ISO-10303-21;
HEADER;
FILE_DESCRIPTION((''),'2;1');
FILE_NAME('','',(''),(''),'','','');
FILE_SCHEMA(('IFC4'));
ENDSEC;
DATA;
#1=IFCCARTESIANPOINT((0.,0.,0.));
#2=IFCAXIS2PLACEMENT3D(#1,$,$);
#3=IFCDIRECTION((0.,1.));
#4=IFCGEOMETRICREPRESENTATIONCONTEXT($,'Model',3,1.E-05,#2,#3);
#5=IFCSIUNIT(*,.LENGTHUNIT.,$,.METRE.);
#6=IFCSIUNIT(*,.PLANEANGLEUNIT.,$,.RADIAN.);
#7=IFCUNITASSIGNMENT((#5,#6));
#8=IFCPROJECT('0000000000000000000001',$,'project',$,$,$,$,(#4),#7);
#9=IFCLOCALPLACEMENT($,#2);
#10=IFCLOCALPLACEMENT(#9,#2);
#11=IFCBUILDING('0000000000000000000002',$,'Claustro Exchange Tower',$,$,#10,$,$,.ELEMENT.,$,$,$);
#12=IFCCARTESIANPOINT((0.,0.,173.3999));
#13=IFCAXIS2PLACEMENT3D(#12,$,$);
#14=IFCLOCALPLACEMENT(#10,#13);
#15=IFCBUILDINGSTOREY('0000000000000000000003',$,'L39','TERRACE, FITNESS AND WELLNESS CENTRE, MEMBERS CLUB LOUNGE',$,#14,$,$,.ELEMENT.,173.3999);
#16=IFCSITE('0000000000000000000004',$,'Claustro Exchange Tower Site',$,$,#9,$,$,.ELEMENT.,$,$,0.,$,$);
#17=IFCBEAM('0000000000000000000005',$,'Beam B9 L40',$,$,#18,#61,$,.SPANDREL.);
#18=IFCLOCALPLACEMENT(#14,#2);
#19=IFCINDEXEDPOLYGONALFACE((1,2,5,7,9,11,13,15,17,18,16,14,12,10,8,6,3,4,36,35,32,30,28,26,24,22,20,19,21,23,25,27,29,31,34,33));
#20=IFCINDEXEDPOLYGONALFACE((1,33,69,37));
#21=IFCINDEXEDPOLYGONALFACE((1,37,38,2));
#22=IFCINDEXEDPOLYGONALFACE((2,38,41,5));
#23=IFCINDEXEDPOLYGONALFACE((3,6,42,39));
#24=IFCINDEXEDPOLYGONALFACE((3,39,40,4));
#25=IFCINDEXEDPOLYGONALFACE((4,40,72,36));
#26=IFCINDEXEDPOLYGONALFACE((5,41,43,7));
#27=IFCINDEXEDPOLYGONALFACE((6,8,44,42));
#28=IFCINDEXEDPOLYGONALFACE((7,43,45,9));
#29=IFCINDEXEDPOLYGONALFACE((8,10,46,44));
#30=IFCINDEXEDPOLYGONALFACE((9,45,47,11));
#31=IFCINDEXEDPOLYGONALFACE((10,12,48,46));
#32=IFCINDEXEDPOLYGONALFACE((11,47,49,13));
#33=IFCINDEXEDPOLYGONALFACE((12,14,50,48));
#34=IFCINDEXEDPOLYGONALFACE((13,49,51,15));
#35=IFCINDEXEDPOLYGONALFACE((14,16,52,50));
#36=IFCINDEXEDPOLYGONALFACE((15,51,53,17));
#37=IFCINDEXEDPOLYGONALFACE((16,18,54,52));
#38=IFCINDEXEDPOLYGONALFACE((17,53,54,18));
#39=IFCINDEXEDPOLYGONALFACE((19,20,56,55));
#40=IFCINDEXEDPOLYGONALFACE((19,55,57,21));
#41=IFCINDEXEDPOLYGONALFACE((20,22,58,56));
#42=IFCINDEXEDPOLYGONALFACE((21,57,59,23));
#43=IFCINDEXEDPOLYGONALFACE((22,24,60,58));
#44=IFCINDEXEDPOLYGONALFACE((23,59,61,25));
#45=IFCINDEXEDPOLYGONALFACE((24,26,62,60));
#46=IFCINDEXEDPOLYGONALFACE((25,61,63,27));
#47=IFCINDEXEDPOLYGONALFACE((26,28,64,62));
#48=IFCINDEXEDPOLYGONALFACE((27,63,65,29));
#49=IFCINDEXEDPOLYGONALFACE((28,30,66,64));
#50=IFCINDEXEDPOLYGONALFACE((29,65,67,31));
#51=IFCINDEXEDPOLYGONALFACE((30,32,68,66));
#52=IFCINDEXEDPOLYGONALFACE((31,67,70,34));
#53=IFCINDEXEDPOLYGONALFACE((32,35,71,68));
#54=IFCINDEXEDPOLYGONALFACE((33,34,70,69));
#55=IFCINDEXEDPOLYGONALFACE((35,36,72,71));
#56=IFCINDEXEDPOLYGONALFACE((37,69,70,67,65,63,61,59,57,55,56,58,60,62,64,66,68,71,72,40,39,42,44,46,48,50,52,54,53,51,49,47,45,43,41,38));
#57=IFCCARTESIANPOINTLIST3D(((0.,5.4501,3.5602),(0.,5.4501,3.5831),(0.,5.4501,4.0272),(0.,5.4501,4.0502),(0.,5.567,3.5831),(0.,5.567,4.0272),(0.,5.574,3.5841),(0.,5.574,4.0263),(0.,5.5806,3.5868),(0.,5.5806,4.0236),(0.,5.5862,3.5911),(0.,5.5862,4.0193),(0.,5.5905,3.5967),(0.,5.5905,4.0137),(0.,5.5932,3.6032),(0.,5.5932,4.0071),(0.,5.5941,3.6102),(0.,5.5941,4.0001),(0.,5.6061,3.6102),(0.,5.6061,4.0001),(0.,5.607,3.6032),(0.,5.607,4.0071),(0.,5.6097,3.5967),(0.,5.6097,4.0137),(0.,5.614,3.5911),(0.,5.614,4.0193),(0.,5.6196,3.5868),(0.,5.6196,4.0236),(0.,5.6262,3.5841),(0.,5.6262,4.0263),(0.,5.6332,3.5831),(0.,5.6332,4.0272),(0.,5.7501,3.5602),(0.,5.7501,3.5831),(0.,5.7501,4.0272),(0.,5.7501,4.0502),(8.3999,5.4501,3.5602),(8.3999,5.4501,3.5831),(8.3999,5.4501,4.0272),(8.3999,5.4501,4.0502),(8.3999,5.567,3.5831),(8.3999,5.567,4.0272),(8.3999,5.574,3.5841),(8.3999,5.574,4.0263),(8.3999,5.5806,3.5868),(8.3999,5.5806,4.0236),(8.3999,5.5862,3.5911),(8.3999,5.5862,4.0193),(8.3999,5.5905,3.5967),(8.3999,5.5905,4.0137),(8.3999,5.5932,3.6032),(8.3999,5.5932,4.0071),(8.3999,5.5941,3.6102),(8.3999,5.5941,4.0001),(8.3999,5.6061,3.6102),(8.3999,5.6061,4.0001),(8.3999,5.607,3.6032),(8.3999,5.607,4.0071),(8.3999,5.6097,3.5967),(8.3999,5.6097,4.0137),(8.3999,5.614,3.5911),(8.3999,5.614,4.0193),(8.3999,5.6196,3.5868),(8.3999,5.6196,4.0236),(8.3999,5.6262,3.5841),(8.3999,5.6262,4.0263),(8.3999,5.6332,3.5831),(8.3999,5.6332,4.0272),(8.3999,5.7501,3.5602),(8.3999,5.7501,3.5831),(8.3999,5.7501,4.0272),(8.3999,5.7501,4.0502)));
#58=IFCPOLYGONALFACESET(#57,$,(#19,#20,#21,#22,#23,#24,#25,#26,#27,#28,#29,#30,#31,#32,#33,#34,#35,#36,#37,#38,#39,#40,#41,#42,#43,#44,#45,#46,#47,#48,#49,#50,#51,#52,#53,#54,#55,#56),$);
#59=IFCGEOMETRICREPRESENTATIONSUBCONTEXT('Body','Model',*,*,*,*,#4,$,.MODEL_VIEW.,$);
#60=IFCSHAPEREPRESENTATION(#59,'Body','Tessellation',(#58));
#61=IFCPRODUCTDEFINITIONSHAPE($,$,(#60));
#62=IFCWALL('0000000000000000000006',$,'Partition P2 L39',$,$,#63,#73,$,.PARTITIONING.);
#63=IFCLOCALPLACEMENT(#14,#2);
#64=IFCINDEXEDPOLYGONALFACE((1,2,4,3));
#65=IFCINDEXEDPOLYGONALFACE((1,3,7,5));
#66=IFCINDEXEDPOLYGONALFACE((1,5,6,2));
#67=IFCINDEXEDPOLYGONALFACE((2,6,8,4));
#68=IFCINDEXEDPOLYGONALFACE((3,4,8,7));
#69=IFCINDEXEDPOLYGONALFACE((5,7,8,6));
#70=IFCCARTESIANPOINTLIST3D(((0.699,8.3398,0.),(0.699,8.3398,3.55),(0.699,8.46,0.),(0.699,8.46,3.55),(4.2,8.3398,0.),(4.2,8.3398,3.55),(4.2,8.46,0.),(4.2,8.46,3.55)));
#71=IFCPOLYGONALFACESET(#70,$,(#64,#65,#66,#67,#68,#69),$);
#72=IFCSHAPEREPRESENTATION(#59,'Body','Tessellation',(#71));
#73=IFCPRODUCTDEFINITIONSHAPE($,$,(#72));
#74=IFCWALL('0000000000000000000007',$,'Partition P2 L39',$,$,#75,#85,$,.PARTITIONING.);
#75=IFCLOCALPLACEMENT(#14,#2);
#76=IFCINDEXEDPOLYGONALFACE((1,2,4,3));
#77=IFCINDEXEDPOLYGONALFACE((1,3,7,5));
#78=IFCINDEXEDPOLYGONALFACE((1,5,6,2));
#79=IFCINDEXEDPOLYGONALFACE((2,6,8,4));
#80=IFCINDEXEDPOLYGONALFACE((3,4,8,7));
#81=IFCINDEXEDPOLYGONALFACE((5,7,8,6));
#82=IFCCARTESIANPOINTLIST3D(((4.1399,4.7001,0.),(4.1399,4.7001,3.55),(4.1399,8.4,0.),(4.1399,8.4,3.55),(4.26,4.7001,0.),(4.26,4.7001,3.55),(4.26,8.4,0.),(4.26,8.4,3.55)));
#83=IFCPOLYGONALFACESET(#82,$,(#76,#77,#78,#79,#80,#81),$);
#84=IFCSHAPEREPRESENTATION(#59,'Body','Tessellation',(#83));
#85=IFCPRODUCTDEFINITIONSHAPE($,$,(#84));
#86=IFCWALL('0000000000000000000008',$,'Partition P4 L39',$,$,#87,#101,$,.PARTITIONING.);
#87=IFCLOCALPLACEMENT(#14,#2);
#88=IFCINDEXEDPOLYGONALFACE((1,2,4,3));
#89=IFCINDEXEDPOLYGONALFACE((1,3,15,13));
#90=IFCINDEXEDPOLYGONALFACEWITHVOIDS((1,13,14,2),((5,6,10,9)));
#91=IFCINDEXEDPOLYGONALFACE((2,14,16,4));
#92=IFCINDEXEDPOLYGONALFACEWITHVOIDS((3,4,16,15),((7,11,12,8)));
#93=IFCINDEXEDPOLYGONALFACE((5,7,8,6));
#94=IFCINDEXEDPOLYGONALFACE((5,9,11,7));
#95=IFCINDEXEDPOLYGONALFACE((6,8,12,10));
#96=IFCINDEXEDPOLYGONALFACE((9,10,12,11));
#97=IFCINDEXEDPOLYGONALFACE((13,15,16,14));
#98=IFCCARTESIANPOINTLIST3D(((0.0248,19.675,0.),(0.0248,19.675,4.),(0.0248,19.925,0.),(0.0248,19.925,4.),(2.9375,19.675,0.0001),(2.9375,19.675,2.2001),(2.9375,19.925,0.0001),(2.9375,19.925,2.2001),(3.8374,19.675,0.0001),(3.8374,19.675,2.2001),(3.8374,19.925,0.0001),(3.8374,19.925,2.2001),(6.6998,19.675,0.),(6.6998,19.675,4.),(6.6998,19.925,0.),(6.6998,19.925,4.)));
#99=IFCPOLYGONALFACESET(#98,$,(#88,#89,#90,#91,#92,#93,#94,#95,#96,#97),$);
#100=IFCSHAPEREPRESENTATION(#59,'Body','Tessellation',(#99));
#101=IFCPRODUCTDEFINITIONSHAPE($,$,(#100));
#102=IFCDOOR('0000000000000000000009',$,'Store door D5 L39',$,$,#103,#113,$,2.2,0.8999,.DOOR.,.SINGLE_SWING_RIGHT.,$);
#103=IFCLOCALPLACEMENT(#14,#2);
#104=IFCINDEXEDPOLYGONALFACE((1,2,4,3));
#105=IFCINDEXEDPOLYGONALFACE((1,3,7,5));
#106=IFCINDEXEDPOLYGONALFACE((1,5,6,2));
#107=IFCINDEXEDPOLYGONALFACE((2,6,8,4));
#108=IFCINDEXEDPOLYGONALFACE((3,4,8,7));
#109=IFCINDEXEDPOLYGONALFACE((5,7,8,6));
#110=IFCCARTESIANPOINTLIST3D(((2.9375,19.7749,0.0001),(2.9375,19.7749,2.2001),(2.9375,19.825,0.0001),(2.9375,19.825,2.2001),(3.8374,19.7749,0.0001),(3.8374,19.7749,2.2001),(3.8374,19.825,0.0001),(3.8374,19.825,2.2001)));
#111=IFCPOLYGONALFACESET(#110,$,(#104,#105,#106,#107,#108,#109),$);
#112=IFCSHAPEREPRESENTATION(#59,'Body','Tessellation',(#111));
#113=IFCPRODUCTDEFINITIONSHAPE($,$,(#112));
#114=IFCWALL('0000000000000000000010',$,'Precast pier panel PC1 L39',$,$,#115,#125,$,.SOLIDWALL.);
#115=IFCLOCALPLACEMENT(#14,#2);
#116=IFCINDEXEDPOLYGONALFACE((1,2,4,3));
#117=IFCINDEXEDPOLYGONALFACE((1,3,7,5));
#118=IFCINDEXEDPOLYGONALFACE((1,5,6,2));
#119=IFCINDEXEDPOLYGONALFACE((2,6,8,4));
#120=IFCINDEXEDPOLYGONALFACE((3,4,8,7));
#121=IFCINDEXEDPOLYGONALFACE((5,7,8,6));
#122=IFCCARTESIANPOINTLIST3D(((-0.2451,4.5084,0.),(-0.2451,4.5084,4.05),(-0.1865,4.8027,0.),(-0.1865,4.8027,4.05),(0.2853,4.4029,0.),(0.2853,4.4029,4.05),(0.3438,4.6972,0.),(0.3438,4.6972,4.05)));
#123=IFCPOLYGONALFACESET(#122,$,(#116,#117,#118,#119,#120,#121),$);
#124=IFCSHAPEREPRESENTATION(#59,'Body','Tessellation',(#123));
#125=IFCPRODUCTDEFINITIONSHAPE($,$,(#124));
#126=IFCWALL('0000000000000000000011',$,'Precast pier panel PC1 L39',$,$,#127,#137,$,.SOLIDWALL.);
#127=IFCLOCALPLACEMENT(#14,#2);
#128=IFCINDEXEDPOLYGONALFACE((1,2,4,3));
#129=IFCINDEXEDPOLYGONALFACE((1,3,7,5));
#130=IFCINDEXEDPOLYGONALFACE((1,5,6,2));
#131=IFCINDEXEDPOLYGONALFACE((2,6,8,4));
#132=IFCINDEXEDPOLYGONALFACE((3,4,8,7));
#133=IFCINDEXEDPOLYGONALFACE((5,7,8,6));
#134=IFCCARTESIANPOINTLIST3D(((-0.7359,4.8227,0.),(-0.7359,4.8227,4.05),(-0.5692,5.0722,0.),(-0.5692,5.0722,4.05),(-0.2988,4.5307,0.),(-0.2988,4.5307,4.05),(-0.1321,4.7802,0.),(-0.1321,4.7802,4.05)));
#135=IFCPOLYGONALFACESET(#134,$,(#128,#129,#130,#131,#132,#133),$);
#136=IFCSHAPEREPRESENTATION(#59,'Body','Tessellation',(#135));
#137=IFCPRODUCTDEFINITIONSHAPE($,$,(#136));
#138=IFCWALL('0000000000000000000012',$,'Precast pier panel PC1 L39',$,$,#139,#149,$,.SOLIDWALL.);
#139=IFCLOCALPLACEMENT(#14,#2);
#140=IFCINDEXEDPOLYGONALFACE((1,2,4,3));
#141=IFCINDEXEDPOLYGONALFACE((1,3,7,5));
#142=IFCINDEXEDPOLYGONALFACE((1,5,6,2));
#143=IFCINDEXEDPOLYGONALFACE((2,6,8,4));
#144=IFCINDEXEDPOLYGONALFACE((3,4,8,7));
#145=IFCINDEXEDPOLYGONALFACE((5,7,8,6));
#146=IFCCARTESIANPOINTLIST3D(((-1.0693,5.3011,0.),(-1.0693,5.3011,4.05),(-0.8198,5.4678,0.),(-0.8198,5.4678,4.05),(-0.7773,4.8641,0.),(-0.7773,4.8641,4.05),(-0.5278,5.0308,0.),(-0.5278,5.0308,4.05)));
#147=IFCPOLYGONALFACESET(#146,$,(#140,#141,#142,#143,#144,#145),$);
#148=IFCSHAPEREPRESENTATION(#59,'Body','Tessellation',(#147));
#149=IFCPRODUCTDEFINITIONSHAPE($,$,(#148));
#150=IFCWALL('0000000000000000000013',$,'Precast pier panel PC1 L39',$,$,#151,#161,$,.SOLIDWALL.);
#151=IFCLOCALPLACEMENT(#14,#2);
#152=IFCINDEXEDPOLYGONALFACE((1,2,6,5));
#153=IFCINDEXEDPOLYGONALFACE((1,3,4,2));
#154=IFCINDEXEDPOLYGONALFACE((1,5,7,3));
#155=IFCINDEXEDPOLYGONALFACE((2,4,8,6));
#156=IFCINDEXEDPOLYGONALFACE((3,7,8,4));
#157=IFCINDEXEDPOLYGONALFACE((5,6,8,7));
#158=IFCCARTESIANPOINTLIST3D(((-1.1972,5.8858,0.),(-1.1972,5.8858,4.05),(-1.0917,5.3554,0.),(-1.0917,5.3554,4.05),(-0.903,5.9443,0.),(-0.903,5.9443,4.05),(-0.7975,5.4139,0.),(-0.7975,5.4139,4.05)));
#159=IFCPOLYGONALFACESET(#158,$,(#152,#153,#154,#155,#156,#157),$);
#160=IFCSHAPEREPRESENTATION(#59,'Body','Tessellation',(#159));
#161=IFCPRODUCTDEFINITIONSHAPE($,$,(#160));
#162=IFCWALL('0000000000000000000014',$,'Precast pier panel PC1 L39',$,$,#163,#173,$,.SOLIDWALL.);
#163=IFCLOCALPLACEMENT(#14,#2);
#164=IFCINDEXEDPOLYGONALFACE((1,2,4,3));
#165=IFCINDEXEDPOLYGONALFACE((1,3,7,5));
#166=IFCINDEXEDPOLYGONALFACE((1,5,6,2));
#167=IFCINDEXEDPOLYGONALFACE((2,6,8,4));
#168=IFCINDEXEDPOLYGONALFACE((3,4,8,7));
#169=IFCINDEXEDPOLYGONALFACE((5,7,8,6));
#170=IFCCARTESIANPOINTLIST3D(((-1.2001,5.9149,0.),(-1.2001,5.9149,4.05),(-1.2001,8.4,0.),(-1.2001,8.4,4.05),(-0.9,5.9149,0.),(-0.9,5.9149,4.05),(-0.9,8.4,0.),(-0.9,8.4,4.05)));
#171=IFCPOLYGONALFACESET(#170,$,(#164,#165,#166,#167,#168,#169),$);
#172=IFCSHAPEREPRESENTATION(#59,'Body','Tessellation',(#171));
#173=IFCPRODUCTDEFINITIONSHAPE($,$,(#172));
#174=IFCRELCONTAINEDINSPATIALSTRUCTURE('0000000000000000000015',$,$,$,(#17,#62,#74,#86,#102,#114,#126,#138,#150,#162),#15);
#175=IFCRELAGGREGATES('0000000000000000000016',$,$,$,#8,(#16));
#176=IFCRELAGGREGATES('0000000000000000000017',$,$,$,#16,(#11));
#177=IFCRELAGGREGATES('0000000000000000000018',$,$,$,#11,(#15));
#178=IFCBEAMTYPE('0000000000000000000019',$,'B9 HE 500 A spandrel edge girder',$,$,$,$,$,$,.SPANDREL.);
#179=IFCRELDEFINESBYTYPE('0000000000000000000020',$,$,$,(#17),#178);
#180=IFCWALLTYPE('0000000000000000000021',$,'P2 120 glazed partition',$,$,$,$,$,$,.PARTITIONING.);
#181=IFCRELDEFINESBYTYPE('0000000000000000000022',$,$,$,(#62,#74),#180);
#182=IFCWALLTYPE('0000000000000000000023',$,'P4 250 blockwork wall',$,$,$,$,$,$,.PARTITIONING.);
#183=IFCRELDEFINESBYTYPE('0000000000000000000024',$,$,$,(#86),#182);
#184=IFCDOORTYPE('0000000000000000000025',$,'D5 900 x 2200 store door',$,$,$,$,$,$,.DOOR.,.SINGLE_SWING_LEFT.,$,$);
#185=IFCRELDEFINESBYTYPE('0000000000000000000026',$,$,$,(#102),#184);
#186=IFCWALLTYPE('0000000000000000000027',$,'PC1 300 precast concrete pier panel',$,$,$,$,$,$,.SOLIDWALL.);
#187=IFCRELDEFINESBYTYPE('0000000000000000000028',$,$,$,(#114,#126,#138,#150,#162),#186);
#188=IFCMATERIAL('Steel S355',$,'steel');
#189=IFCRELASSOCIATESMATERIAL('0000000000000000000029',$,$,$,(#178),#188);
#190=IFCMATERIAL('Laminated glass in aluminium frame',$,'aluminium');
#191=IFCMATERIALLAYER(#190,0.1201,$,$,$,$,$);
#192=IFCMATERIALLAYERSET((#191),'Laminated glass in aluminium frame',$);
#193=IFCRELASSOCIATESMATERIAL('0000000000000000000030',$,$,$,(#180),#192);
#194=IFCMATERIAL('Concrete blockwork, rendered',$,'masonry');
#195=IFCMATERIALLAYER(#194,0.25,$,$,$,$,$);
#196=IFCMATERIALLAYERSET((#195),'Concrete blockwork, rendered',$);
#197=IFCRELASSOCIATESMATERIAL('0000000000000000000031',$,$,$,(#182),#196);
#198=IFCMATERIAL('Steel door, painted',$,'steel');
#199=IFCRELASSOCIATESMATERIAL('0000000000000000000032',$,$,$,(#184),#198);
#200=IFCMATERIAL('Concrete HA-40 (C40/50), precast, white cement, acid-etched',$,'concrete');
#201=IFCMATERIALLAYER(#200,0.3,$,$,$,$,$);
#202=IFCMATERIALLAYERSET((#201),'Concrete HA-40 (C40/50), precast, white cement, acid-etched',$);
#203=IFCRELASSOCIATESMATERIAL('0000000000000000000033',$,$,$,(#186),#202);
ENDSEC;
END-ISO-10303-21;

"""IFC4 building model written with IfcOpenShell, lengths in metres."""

from ifc_helpers import new_model, si_unit, direction, frame, frame_2d, origin, origin_2d, place, context, subcontext, project, spatial, rectangle, i_section, extrude, material, layer, layer_set, material_profile, profile_set, type_object, element, fill, save


model = new_model("IFC4")

# Units and contexts
model_context = context("Model", 3, precision=1e-05, world=origin(), true_north=direction((0.0, 1.0)))
body_context = subcontext(model_context, "Body", "Model", "MODEL_VIEW")
ifc_project = project(units=[si_unit("LENGTHUNIT", "METRE"), si_unit("PLANEANGLEUNIT", "RADIAN")], contexts=[model_context])

# Site, building, storey
site_placement = place(None, origin())
site = spatial("IfcSite", under=ifc_project, at=site_placement, Name="Claustro Exchange Tower Site", CompositionType="ELEMENT", RefElevation=0.0)
building_placement = place(site_placement, origin())
building = spatial("IfcBuilding", under=site, at=building_placement, Name="Claustro Exchange Tower", CompositionType="ELEMENT")
storey_placement = place(building_placement, frame((0.0, 0.0, 173.3999)))
storey = spatial("IfcBuildingStorey", under=building, at=storey_placement, Name="L39", Description="TERRACE, FITNESS AND WELLNESS CENTRE, MEMBERS CLUB LOUNGE", CompositionType="ELEMENT", Elevation=173.3999)

# Beam
ifc_material_1 = material(Name="Steel S355", Category="steel")
ifc_material_profile_1 = material_profile(ifc_material_1, i_section(OverallWidth=0.3, OverallDepth=0.49, WebThickness=0.012, FlangeThickness=0.0229, FilletRadius=0.0271, at=origin_2d()), Name="HE 500 A")
ifc_profile_set_1 = profile_set([ifc_material_profile_1], Name="Steel S355")
beam_type_1 = type_object("IfcBeamType", Name="B9 HE 500 A spandrel edge girder", PredefinedType="SPANDREL", material=ifc_profile_set_1)
beam_1_placement = place(storey_placement, frame((0.0, 5.6001, 3.8052), z_axis=(1.0, 0.0, 0.0), x_axis=(0.0, 1.0, 0.0)))
element("IfcBeam", 1, at=beam_1_placement, inside=storey, type_object=beam_type_1, Name="Beam B9 L40", PredefinedType="SPANDREL", context=body_context, shape_type="SweptSolid", body=[
    extrude(i_section(OverallWidth=0.3, OverallDepth=0.49, WebThickness=0.012, FlangeThickness=0.0229, FilletRadius=0.0271, at=origin_2d()), origin(), (0.0, 0.0, 1.0), 8.3999),
])

# Walls
ifc_material_2 = material(Name="Laminated glass in aluminium frame", Category="aluminium")
ifc_layer_1 = layer(ifc_material_2, 0.1201)
ifc_layer_set_1 = layer_set([ifc_layer_1], Name="Laminated glass in aluminium frame")
wall_type_1 = type_object("IfcWallType", Name="P2 120 glazed partition", PredefinedType="PARTITIONING", material=ifc_layer_set_1)
wall_1_placement = place(storey_placement, frame((0.699, 8.3999, 0.0), z_axis=(0.0, 0.0, 1.0), x_axis=(1.0, 0.0, 0.0)))
element("IfcWall", 2, at=wall_1_placement, inside=storey, type_object=wall_type_1, Name="Partition P2 L39", PredefinedType="PARTITIONING", context=body_context, shape_type="SweptSolid", body=[
    extrude(rectangle(XDim=3.501, YDim=0.1201, at=frame_2d((1.7505, 0.0))), origin(), (0.0, 0.0, 1.0), 3.55),
])
wall_2_placement = place(storey_placement, frame((4.2, 4.7, 0.0), z_axis=(0.0, 0.0, 1.0), x_axis=(0.0, 1.0, 0.0)))
element("IfcWall", 3, at=wall_2_placement, inside=storey, type_object=wall_type_1, Name="Partition P2 L39", PredefinedType="PARTITIONING", context=body_context, shape_type="SweptSolid", body=[
    extrude(rectangle(XDim=3.7, YDim=0.1201, at=frame_2d((1.8501, 0.0))), origin(), (0.0, 0.0, 1.0), 3.55),
])

# Wall, opening, door
ifc_material_3 = material(Name="Concrete blockwork, rendered", Category="masonry")
ifc_layer_2 = layer(ifc_material_3, 0.25)
ifc_layer_set_2 = layer_set([ifc_layer_2], Name="Concrete blockwork, rendered")
wall_type_2 = type_object("IfcWallType", Name="P4 250 blockwork wall", PredefinedType="PARTITIONING", material=ifc_layer_set_2)
wall_3_placement = place(storey_placement, frame((0.0249, 19.8, 0.0), z_axis=(0.0, 0.0, 1.0), x_axis=(1.0, 0.0, 0.0)))
wall_3 = element("IfcWall", 4, at=wall_3_placement, inside=storey, type_object=wall_type_2, Name="Partition P4 L39", PredefinedType="PARTITIONING", context=body_context, shape_type="SweptSolid", body=[
    extrude(rectangle(XDim=6.675, YDim=0.25, at=frame_2d((3.3374, 0.0))), origin(), (0.0, 0.0, 1.0), 4.0),
])
opening_1_placement = place(wall_3_placement, frame((2.9126, 0.0, 0.0)))
opening_1 = element("IfcOpeningElement", 5, at=opening_1_placement, cuts=wall_3, PredefinedType="OPENING", context=body_context, shape_type="SweptSolid", body=[
    extrude(rectangle(XDim=0.8999, YDim=2.2, at=frame_2d((0.45, 1.1001))), frame((0.0, 0.135, 0.0), z_axis=(0.0, -1.0, 0.0), x_axis=(1.0, 0.0, 0.0)), (0.0, 0.0, 1.0), 0.27),
])
ifc_material_4 = material(Name="Steel door, painted", Category="steel")
door_type_1 = type_object("IfcDoorType", Name="D5 900 x 2200 store door", OperationType="SINGLE_SWING_LEFT", PredefinedType="DOOR", material=ifc_material_4)
door_1_placement = place(opening_1_placement, origin())
door_1 = element("IfcDoor", 6, at=door_1_placement, inside=storey, type_object=door_type_1, Name="Store door D5 L39", OperationType="SINGLE_SWING_RIGHT", OverallHeight=2.2, OverallWidth=0.8999, PredefinedType="DOOR", context=body_context, shape_type="SweptSolid", body=[
    extrude(rectangle(XDim=0.8999, YDim=2.2, at=frame_2d((0.45, 1.1001))), frame((0.0, 0.0249, 0.0), z_axis=(0.0, -1.0, 0.0), x_axis=(1.0, 0.0, 0.0)), (0.0, 0.0, 1.0), 0.05),
])
fill(opening_1, door_1)

# Walls
ifc_material_5 = material(Name="Concrete HA-40 (C40/50), precast, white cement, acid-etched", Category="concrete")
ifc_layer_3 = layer(ifc_material_5, 0.3)
ifc_layer_set_3 = layer_set([ifc_layer_3], Name="Concrete HA-40 (C40/50), precast, white cement, acid-etched")
wall_type_3 = type_object("IfcWallType", Name="PC1 300 precast concrete pier panel", PredefinedType="SOLIDWALL", material=ifc_layer_set_3)
wall_4_placement = place(storey_placement, frame((0.3147, 4.55, 0.0), z_axis=(0.0, 0.0, 1.0), x_axis=(-0.980789, 0.195074, 0.0)))
element("IfcWall", 7, at=wall_4_placement, inside=storey, type_object=wall_type_3, Name="Precast pier panel PC1 L39", PredefinedType="SOLIDWALL", context=body_context, shape_type="SweptSolid", body=[
    extrude(rectangle(XDim=0.5408, YDim=0.3, at=frame_2d((0.2705, 0.0))), origin(), (0.0, 0.0, 1.0), 4.05),
])
for number, where, z_axis, x_axis, name in (
    (8, (-0.2156, 4.6555, 0.0), (0.0, 0.0, 1.0), (-0.831478, 0.555557, 0.0), "Precast pier panel PC1 L39"),
    (9, (-0.6526, 4.9475, 0.0), (0.0, 0.0, 1.0), (-0.555557, 0.831478, 0.0), "Precast pier panel PC1 L39"),
):
    element("IfcWall", number, at=place(storey_placement, frame(where, z_axis=z_axis, x_axis=x_axis)), inside=storey, type_object=wall_type_3, Name=name, PredefinedType="SOLIDWALL", context=body_context, shape_type="SweptSolid", body=[
        extrude(rectangle(XDim=0.5256, YDim=0.3, at=frame_2d((0.2627, 0.0))), origin(), (0.0, 0.0, 1.0), 4.05),
    ])
wall_5_placement = place(storey_placement, frame((-0.9446, 5.3845, 0.0), z_axis=(0.0, 0.0, 1.0), x_axis=(-0.195074, 0.980789, 0.0)))
element("IfcWall", 10, at=wall_5_placement, inside=storey, type_object=wall_type_3, Name="Precast pier panel PC1 L39", PredefinedType="SOLIDWALL", context=body_context, shape_type="SweptSolid", body=[
    extrude(rectangle(XDim=0.5408, YDim=0.3, at=frame_2d((0.2705, 0.0))), origin(), (0.0, 0.0, 1.0), 4.05),
])
wall_6_placement = place(storey_placement, frame((-1.05, 5.9148, 0.0), z_axis=(0.0, 0.0, 1.0), x_axis=(0.0, 1.0, 0.0)))
element("IfcWall", 11, at=wall_6_placement, inside=storey, type_object=wall_type_3, Name="Precast pier panel PC1 L39", PredefinedType="SOLIDWALL", context=body_context, shape_type="SweptSolid", body=[
    extrude(rectangle(XDim=2.4851, YDim=0.3, at=frame_2d((1.2427, 0.0))), origin(), (0.0, 0.0, 1.0), 4.05),
])

save(model, "model.ifc")
